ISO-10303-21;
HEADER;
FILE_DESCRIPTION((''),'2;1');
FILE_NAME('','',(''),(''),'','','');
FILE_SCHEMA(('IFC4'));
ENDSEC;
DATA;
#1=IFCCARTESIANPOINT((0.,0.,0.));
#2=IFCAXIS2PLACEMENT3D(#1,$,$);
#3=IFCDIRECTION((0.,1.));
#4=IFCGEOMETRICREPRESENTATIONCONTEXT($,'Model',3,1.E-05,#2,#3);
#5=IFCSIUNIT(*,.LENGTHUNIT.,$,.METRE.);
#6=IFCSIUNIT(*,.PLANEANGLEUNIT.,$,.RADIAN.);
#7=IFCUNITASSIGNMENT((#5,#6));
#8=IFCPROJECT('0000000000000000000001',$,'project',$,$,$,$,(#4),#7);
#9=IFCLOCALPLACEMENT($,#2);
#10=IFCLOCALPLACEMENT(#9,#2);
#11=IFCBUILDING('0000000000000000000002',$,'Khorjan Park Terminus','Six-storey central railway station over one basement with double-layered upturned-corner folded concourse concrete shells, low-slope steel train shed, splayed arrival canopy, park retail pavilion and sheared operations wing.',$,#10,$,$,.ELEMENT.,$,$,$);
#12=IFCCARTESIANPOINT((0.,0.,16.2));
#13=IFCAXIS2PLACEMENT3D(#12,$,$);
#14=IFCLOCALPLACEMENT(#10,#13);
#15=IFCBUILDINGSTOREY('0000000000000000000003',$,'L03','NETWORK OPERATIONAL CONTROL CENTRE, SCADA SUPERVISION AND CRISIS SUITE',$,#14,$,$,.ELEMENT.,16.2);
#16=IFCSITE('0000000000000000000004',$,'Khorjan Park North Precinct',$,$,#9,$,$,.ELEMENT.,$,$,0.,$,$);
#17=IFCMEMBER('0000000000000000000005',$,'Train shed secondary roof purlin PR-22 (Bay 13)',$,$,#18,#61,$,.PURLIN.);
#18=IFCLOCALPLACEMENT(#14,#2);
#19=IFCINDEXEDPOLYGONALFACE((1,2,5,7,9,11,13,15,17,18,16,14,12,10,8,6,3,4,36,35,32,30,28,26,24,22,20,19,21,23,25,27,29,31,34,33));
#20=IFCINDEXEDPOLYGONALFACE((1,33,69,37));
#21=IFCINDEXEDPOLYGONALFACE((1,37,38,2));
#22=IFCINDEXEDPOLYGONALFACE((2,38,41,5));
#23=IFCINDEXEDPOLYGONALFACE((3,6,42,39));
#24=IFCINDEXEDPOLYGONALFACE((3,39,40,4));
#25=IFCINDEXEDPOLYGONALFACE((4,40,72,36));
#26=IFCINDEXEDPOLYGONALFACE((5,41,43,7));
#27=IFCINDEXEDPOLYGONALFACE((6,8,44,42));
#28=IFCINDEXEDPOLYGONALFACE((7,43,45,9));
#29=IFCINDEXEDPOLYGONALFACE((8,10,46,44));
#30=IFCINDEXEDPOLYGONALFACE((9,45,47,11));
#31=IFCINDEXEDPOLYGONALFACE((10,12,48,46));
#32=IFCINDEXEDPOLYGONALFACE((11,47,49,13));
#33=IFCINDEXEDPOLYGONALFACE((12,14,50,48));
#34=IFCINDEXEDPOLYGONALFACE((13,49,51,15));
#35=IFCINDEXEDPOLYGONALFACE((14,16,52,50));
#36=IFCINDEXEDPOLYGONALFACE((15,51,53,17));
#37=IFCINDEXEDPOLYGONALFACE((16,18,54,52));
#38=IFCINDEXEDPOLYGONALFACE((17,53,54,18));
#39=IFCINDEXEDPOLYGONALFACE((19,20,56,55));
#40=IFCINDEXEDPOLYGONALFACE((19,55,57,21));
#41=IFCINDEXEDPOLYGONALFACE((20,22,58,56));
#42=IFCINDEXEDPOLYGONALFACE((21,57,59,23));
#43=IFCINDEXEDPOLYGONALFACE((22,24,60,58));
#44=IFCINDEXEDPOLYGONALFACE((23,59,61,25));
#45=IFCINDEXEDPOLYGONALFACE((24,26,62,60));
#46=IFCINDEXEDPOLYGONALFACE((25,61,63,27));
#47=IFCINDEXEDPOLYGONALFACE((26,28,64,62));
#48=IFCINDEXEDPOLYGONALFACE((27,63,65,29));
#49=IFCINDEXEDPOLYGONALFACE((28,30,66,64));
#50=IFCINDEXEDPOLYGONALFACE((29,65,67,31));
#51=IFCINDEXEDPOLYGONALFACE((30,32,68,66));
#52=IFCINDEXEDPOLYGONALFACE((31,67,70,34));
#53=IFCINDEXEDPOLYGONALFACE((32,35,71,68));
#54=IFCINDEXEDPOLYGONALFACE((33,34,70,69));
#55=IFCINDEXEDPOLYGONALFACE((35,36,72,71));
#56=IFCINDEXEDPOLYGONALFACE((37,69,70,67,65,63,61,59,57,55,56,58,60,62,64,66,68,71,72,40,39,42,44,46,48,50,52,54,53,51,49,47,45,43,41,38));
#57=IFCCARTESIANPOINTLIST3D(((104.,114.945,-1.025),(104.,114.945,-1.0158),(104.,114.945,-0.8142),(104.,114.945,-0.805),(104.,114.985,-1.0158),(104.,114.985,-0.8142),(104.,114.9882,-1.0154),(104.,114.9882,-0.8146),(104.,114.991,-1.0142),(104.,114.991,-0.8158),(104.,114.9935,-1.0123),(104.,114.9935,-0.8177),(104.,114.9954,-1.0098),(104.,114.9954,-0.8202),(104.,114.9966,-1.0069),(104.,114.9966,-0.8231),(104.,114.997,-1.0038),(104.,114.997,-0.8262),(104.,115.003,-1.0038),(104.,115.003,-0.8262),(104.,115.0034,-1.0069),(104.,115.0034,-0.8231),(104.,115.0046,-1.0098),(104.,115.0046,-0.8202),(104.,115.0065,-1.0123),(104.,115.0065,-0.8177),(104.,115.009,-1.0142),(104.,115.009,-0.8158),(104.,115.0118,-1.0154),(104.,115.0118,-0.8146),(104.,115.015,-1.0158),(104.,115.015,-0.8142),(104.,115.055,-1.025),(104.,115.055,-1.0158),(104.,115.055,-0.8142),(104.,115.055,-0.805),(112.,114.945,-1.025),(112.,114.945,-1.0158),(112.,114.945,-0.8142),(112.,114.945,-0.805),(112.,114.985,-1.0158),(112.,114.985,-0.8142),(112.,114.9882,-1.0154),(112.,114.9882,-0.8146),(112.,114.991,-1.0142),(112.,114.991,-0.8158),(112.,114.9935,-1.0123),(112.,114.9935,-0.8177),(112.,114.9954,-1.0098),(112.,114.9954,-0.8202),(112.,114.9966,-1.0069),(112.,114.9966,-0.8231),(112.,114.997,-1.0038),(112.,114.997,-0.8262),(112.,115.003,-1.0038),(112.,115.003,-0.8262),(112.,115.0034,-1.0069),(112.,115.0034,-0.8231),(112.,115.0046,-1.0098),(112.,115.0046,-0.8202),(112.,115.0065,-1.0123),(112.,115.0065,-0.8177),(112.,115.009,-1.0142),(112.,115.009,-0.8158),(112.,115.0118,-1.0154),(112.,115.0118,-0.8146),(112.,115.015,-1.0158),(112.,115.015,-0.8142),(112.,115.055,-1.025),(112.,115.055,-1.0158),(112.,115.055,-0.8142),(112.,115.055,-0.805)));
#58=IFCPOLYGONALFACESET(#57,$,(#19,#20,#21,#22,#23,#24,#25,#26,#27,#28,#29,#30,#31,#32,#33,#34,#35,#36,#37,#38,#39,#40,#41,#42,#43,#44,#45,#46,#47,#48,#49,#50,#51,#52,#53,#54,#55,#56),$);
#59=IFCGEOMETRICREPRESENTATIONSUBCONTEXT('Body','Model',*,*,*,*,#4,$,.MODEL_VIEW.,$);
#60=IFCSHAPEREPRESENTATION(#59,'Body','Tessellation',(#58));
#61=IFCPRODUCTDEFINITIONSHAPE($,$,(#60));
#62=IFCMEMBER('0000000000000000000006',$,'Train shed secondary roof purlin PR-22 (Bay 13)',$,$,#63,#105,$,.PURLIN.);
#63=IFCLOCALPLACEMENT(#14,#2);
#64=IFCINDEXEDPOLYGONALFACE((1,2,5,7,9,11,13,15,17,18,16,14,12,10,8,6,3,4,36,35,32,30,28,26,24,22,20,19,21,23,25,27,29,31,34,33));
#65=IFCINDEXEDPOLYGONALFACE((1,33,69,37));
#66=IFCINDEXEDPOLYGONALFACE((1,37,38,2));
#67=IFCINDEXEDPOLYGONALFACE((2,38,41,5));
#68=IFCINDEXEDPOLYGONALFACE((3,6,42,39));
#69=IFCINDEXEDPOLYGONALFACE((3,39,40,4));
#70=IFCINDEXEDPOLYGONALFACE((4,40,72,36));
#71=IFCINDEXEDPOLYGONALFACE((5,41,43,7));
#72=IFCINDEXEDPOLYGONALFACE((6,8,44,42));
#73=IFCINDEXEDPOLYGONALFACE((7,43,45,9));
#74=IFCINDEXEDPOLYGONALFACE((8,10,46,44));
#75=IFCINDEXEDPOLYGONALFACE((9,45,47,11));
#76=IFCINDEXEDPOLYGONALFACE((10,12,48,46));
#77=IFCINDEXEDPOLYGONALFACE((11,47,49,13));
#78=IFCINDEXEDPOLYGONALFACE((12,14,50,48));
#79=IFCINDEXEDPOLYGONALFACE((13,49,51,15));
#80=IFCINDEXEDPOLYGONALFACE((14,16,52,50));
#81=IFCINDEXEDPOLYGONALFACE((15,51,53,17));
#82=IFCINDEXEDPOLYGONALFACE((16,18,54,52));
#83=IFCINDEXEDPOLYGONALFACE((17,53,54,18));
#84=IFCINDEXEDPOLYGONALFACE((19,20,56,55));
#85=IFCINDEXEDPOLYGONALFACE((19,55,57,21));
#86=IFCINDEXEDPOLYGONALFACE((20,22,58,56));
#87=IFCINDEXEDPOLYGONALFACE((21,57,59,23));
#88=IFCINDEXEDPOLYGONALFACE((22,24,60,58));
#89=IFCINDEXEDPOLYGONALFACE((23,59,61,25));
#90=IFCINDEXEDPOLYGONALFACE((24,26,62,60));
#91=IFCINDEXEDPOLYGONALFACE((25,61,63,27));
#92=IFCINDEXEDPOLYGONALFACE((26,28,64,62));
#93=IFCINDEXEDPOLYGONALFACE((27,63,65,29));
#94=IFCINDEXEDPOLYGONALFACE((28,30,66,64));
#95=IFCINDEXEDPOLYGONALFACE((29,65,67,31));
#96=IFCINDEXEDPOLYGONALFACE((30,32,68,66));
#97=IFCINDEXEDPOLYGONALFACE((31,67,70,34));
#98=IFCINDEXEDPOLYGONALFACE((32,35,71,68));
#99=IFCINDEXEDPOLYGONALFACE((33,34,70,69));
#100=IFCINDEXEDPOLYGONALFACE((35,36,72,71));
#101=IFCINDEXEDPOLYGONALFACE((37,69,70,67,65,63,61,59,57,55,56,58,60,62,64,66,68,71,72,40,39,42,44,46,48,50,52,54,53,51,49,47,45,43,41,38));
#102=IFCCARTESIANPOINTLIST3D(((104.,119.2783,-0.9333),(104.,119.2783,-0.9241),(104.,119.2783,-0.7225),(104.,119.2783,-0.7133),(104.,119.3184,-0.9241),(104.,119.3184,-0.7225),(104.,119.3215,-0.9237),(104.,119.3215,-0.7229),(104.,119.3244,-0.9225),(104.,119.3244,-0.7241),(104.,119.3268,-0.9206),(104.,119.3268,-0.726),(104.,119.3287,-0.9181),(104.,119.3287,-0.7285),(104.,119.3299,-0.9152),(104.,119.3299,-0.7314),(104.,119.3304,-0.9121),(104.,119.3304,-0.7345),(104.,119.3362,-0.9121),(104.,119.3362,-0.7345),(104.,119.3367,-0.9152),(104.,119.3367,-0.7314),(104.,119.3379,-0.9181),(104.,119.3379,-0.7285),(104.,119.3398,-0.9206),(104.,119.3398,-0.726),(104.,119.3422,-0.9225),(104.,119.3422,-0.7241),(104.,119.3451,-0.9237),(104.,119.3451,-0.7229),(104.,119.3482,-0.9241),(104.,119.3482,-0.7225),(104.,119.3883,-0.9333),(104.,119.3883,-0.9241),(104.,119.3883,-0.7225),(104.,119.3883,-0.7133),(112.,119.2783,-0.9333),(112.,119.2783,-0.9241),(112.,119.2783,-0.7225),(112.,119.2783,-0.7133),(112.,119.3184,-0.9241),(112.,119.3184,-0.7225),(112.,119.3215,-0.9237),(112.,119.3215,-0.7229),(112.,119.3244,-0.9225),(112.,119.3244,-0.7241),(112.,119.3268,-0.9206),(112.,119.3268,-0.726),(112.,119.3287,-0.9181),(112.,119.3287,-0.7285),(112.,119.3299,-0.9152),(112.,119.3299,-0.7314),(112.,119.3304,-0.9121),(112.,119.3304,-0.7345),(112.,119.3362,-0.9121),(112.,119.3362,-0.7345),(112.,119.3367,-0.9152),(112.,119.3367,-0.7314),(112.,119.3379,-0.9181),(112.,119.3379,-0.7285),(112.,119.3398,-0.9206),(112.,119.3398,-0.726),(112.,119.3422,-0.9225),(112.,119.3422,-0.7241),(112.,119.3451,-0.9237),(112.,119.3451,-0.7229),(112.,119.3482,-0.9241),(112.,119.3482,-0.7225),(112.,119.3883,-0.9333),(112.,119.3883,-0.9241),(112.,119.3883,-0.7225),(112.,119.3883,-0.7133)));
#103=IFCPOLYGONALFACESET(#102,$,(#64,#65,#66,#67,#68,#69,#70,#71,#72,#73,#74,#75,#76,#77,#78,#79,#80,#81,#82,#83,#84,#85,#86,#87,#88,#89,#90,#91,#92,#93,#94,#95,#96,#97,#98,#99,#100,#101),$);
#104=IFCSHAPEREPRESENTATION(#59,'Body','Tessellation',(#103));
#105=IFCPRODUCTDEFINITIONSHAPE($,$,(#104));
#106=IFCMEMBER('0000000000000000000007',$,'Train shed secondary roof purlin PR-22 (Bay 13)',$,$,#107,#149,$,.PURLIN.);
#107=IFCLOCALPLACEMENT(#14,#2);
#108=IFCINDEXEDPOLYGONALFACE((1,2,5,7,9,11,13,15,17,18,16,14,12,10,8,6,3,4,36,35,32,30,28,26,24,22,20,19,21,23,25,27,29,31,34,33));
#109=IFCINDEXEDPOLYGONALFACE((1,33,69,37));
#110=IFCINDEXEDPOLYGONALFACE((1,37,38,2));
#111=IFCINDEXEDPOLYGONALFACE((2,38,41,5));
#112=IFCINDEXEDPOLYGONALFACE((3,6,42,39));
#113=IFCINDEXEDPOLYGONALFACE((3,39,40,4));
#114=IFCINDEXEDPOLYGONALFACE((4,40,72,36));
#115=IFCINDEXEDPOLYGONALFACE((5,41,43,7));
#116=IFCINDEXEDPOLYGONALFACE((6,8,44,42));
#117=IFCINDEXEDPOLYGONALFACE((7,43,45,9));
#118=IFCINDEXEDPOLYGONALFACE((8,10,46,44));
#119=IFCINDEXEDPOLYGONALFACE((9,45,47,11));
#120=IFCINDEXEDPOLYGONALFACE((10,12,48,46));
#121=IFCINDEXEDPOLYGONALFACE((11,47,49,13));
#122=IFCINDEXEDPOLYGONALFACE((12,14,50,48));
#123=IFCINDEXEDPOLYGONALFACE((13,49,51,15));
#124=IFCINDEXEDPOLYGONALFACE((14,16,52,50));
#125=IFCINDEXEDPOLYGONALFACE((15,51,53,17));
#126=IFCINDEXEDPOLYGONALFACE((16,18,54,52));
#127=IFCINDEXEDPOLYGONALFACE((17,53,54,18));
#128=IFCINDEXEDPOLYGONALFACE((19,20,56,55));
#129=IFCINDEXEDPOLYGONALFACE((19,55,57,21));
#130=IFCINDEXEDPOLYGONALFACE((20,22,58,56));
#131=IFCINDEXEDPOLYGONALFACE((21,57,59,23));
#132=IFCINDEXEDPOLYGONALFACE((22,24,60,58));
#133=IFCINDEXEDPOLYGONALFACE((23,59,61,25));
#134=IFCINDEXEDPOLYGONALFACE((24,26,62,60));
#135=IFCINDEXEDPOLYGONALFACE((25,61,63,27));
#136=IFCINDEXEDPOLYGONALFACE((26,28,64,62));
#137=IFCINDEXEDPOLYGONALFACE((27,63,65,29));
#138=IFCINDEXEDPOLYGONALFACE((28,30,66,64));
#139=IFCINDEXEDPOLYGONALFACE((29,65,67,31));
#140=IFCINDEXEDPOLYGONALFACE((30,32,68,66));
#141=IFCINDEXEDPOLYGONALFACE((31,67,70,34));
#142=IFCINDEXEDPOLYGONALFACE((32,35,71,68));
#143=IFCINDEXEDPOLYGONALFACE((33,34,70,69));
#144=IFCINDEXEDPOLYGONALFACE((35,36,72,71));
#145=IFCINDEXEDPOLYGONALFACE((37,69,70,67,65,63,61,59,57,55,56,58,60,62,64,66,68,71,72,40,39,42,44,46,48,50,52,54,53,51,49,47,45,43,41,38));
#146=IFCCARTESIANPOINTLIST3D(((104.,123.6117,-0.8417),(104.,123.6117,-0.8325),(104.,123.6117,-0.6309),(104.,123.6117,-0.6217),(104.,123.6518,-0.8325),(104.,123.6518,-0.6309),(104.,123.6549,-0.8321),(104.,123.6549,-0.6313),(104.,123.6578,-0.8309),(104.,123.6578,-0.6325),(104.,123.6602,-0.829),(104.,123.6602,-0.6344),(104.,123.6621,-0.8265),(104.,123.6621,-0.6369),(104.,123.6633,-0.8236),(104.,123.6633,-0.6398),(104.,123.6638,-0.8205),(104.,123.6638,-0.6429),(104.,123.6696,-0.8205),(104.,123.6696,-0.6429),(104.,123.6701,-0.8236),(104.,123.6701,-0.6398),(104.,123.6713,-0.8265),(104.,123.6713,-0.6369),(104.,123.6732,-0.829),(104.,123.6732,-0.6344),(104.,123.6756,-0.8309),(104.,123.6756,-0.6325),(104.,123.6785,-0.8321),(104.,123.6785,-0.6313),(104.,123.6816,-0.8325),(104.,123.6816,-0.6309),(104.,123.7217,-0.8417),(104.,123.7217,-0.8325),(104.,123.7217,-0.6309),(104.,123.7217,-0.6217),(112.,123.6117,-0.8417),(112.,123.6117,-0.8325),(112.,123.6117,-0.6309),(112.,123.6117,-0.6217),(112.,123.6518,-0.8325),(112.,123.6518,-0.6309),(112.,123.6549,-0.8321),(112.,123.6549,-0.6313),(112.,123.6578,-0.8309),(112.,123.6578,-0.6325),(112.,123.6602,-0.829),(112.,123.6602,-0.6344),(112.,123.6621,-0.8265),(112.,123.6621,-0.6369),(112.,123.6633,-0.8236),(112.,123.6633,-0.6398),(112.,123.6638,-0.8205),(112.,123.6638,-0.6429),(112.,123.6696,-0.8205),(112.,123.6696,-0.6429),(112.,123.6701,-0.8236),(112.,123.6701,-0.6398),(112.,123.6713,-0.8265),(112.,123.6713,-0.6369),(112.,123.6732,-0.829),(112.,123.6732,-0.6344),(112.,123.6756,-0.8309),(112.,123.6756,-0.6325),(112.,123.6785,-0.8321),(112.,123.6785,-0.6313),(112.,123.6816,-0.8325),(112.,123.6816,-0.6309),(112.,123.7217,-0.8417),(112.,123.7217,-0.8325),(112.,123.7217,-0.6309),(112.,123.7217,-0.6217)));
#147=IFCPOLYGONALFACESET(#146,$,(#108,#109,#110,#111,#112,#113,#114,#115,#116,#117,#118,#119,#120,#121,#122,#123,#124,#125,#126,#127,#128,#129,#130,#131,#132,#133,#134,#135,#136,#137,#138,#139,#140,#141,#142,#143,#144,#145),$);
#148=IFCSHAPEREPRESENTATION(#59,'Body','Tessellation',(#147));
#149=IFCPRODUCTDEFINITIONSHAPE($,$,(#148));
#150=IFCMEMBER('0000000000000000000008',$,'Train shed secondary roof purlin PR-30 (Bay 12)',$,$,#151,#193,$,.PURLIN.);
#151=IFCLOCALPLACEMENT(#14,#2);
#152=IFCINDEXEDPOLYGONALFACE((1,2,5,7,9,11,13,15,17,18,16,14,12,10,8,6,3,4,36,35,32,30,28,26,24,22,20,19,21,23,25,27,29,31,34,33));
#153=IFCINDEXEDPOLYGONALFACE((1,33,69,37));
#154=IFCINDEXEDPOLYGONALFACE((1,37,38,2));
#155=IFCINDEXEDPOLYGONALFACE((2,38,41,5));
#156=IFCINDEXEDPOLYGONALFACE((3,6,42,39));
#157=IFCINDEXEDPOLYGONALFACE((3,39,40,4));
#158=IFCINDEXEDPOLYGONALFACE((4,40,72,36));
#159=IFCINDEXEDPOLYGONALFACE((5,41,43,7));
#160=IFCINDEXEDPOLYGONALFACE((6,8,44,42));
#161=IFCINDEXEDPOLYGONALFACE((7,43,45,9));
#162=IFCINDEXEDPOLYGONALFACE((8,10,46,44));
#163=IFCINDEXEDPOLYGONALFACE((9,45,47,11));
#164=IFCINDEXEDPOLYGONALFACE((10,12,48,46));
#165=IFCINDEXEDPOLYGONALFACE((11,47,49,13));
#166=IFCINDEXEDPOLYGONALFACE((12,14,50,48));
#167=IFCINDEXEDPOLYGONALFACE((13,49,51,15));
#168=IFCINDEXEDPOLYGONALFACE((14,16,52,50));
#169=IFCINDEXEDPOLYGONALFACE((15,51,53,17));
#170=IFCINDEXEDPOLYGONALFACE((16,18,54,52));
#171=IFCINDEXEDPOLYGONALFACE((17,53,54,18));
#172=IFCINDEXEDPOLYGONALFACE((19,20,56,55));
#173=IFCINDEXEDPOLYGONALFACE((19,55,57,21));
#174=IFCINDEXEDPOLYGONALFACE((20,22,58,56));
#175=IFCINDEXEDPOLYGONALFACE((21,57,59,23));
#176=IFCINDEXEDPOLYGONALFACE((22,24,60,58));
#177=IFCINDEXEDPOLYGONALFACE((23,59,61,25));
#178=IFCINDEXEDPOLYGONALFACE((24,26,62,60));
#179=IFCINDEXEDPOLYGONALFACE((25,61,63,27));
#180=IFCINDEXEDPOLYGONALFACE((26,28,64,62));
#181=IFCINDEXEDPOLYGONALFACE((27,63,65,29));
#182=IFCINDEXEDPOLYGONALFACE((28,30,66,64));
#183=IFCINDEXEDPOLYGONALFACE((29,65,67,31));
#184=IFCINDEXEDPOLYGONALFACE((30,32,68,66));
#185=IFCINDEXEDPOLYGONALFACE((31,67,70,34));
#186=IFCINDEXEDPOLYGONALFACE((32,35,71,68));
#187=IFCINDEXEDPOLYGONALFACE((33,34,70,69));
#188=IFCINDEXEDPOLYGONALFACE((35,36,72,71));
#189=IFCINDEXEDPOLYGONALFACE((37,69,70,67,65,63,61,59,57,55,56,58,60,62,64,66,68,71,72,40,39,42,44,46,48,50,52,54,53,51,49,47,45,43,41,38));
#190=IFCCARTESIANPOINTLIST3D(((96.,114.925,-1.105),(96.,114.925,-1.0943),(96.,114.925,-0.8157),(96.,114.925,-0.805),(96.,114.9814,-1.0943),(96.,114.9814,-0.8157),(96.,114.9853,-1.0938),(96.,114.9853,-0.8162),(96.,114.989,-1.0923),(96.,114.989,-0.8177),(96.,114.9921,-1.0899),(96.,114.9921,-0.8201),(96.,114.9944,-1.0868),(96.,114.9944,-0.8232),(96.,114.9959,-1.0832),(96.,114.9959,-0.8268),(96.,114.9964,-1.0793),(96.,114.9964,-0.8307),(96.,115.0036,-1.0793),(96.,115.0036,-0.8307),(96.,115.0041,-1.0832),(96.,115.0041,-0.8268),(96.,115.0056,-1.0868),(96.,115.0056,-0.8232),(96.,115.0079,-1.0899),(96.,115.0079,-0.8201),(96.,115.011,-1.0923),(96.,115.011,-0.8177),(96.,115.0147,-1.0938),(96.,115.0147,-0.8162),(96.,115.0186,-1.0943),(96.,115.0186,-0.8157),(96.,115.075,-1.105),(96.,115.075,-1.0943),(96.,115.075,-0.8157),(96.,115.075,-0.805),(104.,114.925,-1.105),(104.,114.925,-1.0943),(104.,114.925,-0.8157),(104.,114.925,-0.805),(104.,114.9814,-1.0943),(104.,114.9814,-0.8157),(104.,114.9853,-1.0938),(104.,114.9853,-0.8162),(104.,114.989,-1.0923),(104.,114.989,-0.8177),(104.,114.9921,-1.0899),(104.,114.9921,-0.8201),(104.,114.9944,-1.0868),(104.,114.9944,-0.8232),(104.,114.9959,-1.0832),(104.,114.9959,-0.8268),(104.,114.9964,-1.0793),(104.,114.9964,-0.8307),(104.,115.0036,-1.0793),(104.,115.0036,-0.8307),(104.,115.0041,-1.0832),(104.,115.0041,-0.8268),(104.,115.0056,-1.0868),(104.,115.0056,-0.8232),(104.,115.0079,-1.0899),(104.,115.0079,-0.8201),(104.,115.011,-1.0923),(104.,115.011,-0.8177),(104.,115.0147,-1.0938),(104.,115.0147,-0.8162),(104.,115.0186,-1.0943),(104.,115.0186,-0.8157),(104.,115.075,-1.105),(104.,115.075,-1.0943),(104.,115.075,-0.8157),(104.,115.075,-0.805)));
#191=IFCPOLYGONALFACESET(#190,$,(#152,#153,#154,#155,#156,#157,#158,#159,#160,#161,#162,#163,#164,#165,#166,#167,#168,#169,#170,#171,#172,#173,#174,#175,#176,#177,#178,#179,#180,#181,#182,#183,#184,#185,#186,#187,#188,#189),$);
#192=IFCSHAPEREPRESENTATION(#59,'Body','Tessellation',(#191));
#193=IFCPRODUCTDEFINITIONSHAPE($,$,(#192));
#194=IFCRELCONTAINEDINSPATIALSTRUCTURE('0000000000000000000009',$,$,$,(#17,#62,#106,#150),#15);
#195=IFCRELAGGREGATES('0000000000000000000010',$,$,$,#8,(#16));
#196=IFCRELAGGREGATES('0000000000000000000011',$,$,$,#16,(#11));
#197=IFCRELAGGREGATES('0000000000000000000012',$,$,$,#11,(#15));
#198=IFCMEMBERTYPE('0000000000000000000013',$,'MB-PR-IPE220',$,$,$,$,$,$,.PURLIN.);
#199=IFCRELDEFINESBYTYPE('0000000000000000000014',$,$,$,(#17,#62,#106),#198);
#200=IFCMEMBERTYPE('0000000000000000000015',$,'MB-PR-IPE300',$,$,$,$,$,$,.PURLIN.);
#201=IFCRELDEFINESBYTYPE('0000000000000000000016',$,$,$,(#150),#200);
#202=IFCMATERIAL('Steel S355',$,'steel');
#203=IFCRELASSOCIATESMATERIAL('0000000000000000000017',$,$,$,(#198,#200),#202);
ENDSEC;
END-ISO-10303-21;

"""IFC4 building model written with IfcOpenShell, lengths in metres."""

from ifc_helpers import new_model, si_unit, direction, frame, origin, origin_2d, place, context, subcontext, project, spatial, i_section, extrude, material, material_profile, profile_set, type_object, element, save


model = new_model("IFC4")

# Units and contexts
model_context = context("Model", 3, precision=1e-05, world=origin(), true_north=direction((0.0, 1.0)))
body_context = subcontext(model_context, "Body", "Model", "MODEL_VIEW")
ifc_project = project(units=[si_unit("LENGTHUNIT", "METRE"), si_unit("PLANEANGLEUNIT", "RADIAN")], contexts=[model_context])

# Site, building, storey
site_placement = place(None, origin())
site = spatial("IfcSite", under=ifc_project, at=site_placement, Name="Khorjan Park North Precinct", CompositionType="ELEMENT", RefElevation=0.0)
building_placement = place(site_placement, origin())
building = spatial("IfcBuilding", under=site, at=building_placement, Name="Khorjan Park Terminus", Description="Six-storey central railway station over one basement with double-layered upturned-corner folded concourse concrete shells, low-slope steel train shed, splayed arrival canopy, park retail pavilion and sheared operations wing.", CompositionType="ELEMENT")
storey_placement = place(building_placement, frame((0.0, 0.0, 16.2)))
storey = spatial("IfcBuildingStorey", under=building, at=storey_placement, Name="L03", Description="NETWORK OPERATIONAL CONTROL CENTRE, SCADA SUPERVISION AND CRISIS SUITE", CompositionType="ELEMENT", Elevation=16.2)

# Members
ifc_material = material(Name="Steel S355", Category="steel")
ifc_material_profile_1 = material_profile(ifc_material, i_section(OverallWidth=0.11, OverallDepth=0.22, WebThickness=0.0059, FlangeThickness=0.0092, FilletRadius=0.012, at=origin_2d()), Name="IPE 220")
ifc_profile_set_1 = profile_set([ifc_material_profile_1], Name="Steel S355")
member_type_1 = type_object("IfcMemberType", Name="MB-PR-IPE220", PredefinedType="PURLIN", material=ifc_profile_set_1)
for number, where, z_axis, x_axis, name in (
    (1, (104.0, 115.0, -0.915), (1.0, 0.0, 0.0), (0.0, 1.0, 0.0), "Train shed secondary roof purlin PR-22 (Bay 13)"),
    (2, (104.0, 119.3333, -0.8233), (1.0, 0.0, 0.0), (0.0, 1.0, 0.0), "Train shed secondary roof purlin PR-22 (Bay 13)"),
    (3, (104.0, 123.6667, -0.7317), (1.0, 0.0, 0.0), (0.0, 1.0, 0.0), "Train shed secondary roof purlin PR-22 (Bay 13)"),
):
    element("IfcMember", number, at=place(storey_placement, frame(where, z_axis=z_axis, x_axis=x_axis)), inside=storey, type_object=member_type_1, Name=name, PredefinedType="PURLIN", context=body_context, shape_type="SweptSolid", body=[
        extrude(i_section(OverallWidth=0.11, OverallDepth=0.22, WebThickness=0.0059, FlangeThickness=0.0092, FilletRadius=0.012, at=origin_2d()), origin(), (0.0, 0.0, 1.0), 8.0),
    ])
ifc_material_profile_2 = material_profile(ifc_material, i_section(OverallWidth=0.15, OverallDepth=0.3, WebThickness=0.0071, FlangeThickness=0.0107, FilletRadius=0.015, at=origin_2d()), Name="IPE 300")
ifc_profile_set_2 = profile_set([ifc_material_profile_2], Name="Steel S355")
member_type_2 = type_object("IfcMemberType", Name="MB-PR-IPE300", PredefinedType="PURLIN", material=ifc_profile_set_2)
for number, where, z_axis, x_axis, name in (
    (4, (96.0, 115.0, -0.955), (1.0, 0.0, 0.0), (0.0, 1.0, 0.0), "Train shed secondary roof purlin PR-30 (Bay 12)"),
):
    element("IfcMember", number, at=place(storey_placement, frame(where, z_axis=z_axis, x_axis=x_axis)), inside=storey, type_object=member_type_2, Name=name, PredefinedType="PURLIN", context=body_context, shape_type="SweptSolid", body=[
        extrude(i_section(OverallWidth=0.15, OverallDepth=0.3, WebThickness=0.0071, FlangeThickness=0.0107, FilletRadius=0.015, at=origin_2d()), origin(), (0.0, 0.0, 1.0), 8.0),
    ])

save(model, "model.ifc")
